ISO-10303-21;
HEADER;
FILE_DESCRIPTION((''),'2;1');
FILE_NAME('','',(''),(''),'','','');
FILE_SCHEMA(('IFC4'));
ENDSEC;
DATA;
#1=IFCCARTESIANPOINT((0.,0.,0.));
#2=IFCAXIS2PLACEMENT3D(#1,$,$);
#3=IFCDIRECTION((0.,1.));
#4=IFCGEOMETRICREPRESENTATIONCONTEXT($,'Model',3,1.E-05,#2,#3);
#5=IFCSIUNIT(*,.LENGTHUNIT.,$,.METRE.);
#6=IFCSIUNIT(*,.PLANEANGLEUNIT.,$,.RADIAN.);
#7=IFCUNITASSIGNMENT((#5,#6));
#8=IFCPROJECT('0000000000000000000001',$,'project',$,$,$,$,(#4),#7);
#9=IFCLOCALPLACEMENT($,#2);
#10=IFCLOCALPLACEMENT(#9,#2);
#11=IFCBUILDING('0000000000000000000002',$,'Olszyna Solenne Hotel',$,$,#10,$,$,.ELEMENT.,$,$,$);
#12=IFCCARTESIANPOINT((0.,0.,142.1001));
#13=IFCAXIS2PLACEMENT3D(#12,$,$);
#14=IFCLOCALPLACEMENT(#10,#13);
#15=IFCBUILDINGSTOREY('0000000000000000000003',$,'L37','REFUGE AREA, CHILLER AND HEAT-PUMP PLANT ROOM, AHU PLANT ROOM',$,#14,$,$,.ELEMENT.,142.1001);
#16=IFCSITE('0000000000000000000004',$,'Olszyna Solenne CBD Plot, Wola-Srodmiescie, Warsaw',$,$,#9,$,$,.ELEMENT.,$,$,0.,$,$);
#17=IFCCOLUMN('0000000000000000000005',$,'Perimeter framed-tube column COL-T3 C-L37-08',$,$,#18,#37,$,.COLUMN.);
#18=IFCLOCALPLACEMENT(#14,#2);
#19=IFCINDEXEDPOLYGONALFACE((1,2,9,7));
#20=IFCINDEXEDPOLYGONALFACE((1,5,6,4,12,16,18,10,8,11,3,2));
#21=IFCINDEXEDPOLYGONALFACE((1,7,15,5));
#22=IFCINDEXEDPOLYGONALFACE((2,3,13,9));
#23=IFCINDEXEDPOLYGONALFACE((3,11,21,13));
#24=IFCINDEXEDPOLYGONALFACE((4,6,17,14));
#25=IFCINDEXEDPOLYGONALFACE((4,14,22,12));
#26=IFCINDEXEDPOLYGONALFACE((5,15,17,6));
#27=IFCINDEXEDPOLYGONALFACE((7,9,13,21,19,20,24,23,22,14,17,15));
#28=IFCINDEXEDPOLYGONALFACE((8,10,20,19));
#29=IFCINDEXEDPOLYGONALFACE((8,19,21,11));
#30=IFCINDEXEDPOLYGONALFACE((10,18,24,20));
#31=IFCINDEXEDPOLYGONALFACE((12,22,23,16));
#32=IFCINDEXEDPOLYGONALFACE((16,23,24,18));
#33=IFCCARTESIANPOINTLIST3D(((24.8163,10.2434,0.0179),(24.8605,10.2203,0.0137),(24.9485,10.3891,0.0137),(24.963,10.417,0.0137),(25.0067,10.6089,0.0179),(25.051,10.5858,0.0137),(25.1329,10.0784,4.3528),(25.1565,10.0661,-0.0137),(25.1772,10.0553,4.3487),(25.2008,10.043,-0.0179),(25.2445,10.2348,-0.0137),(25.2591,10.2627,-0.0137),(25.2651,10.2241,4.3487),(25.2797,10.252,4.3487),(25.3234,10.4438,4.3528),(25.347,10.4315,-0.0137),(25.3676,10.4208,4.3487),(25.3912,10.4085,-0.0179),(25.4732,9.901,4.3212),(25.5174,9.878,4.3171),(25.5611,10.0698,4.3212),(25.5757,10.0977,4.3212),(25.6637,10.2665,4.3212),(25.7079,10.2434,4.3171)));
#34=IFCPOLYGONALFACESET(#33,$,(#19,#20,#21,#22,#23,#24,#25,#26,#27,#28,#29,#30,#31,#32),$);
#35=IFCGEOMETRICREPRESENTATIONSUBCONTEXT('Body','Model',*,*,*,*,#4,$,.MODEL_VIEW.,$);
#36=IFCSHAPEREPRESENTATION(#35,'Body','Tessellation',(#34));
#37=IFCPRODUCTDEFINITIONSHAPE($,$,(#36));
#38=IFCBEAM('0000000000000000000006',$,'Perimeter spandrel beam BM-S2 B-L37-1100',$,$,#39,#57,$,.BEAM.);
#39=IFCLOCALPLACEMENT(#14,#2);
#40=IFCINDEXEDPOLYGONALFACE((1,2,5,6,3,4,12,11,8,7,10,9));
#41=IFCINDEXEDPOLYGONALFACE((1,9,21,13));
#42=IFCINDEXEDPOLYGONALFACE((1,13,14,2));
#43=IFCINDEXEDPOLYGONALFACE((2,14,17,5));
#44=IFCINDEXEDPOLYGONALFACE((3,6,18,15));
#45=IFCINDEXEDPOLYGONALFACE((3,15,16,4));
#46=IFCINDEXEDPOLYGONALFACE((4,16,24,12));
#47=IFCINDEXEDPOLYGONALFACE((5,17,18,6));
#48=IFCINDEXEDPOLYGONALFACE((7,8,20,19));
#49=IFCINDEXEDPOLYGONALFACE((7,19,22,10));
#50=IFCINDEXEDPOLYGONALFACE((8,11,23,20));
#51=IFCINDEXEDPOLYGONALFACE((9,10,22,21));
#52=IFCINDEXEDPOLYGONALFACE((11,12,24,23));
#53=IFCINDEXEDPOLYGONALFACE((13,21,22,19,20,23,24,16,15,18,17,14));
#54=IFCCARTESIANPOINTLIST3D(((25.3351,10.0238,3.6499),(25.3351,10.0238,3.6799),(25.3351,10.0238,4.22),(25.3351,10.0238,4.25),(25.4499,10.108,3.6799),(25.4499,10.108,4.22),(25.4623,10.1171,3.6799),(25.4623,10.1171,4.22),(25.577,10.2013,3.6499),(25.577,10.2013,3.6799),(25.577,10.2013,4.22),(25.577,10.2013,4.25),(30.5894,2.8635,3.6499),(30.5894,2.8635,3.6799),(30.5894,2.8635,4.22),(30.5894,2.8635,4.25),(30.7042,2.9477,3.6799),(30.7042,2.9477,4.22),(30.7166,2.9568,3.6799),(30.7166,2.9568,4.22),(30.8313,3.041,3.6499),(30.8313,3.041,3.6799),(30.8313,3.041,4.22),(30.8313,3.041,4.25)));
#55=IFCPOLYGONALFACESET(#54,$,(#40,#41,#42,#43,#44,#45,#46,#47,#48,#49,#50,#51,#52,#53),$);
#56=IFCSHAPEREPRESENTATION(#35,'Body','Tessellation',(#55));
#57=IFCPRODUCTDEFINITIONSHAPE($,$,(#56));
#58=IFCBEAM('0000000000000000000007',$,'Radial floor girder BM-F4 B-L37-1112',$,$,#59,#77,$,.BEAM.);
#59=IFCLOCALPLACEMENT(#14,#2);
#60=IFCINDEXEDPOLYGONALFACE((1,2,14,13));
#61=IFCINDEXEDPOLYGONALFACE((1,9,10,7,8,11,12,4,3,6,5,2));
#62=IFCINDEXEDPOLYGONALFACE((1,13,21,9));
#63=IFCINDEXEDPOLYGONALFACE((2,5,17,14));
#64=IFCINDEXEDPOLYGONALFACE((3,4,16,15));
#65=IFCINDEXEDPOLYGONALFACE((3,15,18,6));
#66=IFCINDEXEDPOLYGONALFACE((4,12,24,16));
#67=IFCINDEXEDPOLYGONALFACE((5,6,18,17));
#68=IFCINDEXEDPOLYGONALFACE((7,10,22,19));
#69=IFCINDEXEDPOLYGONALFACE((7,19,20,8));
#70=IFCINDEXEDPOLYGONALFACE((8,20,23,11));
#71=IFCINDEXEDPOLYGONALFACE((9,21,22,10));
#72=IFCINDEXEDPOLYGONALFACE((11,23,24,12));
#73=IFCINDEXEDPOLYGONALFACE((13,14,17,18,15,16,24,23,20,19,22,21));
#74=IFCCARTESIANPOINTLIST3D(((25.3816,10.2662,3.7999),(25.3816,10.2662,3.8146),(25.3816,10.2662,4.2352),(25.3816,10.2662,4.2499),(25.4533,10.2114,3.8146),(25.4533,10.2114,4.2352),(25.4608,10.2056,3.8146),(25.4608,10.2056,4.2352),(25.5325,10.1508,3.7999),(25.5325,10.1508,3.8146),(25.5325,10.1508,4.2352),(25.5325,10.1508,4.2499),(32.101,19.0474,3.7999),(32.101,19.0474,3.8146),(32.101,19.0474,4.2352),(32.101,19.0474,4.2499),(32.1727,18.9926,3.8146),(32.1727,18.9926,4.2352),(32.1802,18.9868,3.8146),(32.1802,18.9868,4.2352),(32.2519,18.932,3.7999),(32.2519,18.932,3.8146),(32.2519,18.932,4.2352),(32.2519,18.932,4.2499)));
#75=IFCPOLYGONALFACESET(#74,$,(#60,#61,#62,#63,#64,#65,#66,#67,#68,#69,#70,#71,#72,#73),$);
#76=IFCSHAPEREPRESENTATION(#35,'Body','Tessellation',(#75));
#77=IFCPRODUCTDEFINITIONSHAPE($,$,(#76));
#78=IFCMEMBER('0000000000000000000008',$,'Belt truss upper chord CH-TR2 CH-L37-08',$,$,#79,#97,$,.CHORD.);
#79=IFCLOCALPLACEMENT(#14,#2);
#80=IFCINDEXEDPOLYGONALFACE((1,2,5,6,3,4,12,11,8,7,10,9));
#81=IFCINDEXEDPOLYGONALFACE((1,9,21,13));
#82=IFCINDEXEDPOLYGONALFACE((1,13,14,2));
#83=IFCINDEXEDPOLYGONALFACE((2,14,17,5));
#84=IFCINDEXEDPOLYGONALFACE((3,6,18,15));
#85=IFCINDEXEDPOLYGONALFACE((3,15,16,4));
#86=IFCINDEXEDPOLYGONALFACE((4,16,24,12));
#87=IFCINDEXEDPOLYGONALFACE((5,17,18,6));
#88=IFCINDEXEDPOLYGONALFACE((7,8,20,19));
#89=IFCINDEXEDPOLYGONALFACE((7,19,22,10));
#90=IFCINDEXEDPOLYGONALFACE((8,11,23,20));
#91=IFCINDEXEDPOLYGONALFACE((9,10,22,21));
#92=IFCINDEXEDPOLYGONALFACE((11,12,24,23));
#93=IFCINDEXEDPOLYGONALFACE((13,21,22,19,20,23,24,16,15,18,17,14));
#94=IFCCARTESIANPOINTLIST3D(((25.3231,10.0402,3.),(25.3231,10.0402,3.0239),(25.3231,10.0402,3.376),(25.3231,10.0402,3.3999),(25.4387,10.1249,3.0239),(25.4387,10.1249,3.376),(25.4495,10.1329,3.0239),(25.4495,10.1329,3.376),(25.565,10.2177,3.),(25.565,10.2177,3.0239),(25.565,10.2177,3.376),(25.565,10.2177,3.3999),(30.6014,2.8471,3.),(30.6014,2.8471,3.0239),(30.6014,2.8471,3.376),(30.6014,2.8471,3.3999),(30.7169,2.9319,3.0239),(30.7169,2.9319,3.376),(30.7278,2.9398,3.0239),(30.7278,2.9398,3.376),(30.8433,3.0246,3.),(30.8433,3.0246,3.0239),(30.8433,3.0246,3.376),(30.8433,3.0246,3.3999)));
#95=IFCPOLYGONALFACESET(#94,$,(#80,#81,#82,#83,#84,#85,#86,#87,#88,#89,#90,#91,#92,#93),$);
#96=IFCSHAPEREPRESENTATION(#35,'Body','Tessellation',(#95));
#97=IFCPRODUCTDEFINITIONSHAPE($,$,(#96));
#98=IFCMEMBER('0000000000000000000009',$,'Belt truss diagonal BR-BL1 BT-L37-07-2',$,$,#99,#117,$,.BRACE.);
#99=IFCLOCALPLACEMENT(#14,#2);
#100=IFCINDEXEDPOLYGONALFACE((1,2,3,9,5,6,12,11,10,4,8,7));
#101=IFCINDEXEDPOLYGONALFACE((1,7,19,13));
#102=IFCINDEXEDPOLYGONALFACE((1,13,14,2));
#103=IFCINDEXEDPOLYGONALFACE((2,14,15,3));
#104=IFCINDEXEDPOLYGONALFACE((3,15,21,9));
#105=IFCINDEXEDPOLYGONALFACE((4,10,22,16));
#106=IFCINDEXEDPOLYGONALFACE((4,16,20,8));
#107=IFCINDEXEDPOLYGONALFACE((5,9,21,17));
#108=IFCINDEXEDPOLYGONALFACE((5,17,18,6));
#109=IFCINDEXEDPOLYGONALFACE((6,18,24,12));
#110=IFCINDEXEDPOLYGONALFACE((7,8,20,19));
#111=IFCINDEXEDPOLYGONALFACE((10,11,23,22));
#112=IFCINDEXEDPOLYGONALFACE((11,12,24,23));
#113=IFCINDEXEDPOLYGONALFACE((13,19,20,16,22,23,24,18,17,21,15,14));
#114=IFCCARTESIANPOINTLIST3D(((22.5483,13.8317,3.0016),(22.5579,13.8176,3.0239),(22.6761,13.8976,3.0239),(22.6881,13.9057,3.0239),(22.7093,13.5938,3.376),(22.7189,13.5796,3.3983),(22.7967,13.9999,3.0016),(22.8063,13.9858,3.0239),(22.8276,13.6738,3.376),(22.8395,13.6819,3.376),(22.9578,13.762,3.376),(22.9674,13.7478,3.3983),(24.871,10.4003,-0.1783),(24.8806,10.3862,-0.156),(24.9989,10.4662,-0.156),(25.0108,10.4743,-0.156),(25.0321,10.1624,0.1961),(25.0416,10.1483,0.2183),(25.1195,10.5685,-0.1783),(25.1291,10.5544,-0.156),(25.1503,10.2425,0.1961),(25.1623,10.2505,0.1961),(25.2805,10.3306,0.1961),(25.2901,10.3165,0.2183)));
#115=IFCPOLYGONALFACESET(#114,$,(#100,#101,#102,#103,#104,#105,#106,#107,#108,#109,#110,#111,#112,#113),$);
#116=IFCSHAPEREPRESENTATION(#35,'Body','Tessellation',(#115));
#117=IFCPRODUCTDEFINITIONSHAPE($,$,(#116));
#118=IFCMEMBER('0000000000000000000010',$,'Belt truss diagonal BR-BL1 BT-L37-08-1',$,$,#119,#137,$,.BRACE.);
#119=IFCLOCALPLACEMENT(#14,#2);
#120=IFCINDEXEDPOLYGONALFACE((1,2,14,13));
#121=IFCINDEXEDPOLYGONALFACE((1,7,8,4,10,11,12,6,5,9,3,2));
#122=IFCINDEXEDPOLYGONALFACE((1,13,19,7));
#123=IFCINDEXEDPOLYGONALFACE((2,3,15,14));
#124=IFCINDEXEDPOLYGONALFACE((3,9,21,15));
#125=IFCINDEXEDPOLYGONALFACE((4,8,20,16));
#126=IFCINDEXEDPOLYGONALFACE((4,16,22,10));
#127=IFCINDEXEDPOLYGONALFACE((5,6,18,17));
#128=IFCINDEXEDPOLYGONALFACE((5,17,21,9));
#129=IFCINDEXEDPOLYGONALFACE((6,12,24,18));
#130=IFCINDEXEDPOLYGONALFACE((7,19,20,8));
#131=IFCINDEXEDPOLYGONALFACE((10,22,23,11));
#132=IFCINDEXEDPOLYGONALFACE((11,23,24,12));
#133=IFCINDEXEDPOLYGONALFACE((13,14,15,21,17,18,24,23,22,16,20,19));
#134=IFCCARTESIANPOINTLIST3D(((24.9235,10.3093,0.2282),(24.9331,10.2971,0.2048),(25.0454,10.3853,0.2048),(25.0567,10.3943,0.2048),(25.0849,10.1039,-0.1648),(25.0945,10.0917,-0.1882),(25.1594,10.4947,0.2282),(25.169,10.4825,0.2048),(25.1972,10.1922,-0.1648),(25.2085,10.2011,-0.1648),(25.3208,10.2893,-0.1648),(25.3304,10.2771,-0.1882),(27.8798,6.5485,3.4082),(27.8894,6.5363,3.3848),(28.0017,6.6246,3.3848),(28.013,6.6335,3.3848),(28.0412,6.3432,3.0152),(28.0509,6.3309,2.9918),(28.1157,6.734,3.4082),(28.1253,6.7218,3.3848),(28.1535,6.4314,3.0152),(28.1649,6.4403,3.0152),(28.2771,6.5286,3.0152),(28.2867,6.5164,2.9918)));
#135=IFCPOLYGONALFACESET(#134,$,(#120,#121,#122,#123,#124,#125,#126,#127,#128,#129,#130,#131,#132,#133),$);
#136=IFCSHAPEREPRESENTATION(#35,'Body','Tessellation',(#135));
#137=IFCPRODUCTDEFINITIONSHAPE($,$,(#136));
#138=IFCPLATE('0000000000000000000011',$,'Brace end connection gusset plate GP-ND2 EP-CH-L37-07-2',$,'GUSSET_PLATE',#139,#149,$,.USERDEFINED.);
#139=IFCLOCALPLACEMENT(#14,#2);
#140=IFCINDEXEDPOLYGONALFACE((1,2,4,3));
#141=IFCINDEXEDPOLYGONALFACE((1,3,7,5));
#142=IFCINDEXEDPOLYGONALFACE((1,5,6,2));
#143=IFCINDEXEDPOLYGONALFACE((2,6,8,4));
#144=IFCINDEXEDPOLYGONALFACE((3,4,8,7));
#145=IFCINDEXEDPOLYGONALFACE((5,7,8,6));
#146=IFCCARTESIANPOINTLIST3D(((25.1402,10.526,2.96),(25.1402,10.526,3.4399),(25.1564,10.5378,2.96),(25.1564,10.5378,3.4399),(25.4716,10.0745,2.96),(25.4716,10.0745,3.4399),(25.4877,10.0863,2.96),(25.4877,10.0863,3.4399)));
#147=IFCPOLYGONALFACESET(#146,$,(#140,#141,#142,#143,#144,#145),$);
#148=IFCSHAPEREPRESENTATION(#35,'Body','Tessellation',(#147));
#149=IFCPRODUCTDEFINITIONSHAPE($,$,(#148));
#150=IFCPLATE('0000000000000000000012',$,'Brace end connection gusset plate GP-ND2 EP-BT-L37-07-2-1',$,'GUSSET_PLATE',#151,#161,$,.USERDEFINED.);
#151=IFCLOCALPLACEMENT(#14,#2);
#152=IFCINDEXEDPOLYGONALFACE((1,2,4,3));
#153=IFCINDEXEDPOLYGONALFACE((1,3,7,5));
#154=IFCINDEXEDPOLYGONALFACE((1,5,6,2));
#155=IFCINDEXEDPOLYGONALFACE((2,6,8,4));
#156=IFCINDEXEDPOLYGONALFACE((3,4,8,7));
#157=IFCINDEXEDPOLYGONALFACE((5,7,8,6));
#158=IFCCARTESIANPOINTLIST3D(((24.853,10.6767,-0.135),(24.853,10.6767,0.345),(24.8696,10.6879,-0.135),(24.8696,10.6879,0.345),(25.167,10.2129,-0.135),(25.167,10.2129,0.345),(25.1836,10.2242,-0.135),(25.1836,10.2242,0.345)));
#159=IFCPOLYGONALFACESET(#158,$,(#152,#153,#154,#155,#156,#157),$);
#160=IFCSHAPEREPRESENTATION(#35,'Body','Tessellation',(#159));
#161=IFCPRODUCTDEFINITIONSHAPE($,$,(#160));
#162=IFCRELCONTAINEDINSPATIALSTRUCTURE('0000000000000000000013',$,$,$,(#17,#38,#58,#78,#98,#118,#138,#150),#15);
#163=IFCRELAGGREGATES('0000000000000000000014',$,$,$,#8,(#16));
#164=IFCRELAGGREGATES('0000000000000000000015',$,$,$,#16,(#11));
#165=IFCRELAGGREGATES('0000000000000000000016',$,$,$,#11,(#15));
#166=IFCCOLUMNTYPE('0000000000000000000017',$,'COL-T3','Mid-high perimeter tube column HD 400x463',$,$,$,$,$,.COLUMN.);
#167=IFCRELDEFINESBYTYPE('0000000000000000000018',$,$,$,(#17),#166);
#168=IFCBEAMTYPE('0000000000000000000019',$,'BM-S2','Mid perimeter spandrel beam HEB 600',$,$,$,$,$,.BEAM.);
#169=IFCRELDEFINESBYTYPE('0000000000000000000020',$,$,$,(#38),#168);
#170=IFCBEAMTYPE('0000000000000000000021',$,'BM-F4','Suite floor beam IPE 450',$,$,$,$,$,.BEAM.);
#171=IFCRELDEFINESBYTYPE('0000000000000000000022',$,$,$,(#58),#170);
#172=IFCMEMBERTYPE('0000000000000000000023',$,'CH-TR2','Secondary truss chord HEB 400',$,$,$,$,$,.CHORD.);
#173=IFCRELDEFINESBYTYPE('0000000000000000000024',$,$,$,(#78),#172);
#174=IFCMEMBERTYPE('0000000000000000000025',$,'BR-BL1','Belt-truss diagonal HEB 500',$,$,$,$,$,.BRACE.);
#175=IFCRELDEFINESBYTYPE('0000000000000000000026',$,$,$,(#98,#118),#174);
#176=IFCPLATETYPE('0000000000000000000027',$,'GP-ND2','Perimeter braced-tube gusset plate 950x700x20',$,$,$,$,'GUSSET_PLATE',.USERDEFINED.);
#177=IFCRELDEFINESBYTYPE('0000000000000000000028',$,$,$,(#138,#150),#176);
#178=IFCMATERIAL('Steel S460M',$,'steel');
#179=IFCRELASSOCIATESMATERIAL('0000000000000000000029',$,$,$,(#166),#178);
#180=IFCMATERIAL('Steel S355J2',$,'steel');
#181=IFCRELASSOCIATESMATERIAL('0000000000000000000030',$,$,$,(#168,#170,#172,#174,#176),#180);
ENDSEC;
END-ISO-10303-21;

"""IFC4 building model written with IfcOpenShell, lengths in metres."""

from ifc_helpers import new_model, si_unit, direction, frame, origin, origin_2d, place, context, subcontext, project, spatial, rectangle, i_section, extrude, source, transform, mapped, material, material_profile, profile_set, type_object, element, save


model = new_model("IFC4")

# Units and contexts
model_context = context("Model", 3, precision=1e-05, world=origin(), true_north=direction((0.0, 1.0)))
body_context = subcontext(model_context, "Body", "Model", "MODEL_VIEW")
ifc_project = project(units=[si_unit("LENGTHUNIT", "METRE"), si_unit("PLANEANGLEUNIT", "RADIAN")], contexts=[model_context])

# Site, building, storey
site_placement = place(None, origin())
site = spatial("IfcSite", under=ifc_project, at=site_placement, Name="Olszyna Solenne CBD Plot, Wola-Srodmiescie, Warsaw", CompositionType="ELEMENT", RefElevation=0.0)
building_placement = place(site_placement, origin())
building = spatial("IfcBuilding", under=site, at=building_placement, Name="Olszyna Solenne Hotel", CompositionType="ELEMENT")
storey_placement = place(building_placement, frame((0.0, 0.0, 142.1001)))
storey = spatial("IfcBuildingStorey", under=building, at=storey_placement, Name="L37", Description="REFUGE AREA, CHILLER AND HEAT-PUMP PLANT ROOM, AHU PLANT ROOM", CompositionType="ELEMENT", Elevation=142.1001)

# Column
ifc_material_1 = material(Name="Steel S460M", Category="steel")
ifc_material_profile_1 = material_profile(ifc_material_1, i_section(OverallWidth=0.4121, OverallDepth=0.4351, WebThickness=0.0315, FlangeThickness=0.05, at=origin_2d()), Name="HD 400x463", Category="load-bearing")
ifc_profile_set_1 = profile_set([ifc_material_profile_1], Name="Steel S460M")
column_type = type_object("IfcColumnType", Name="COL-T3", Description="Mid-high perimeter tube column HD 400x463", PredefinedType="COLUMN", material=ifc_profile_set_1)
shared_shape_1 = source(origin(), body_context, "Body", "SweptSolid", [
    extrude(i_section(OverallWidth=0.4121, OverallDepth=0.4351, WebThickness=0.0315, FlangeThickness=0.05, at=origin_2d()), origin(), (0.0, 0.0, 1.0), 4.3496),
])
column_placement = place(storey_placement, frame((25.1038, 10.3259, 0.0), z_axis=(0.072799, -0.037943, 0.996625), x_axis=(0.462192, 0.88678, 0.0)))
element("IfcColumn", 1, at=column_placement, inside=storey, type_object=column_type, Name="Perimeter framed-tube column COL-T3 C-L37-08", PredefinedType="COLUMN", context=body_context, shape_type="MappedRepresentation", body=[
    mapped(shared_shape_1, transform((0.0, 0.0, 0.0), x_axis=(1.0, 0.0, 0.0), y_axis=(0.0, 1.0, 0.0), z_axis=(0.0, 0.0, 1.0), scale=1.0)),
])

# Beams
ifc_material_2 = material(Name="Steel S355J2", Category="steel")
ifc_material_profile_2 = material_profile(ifc_material_2, i_section(OverallWidth=0.3, OverallDepth=0.6001, WebThickness=0.0154, FlangeThickness=0.03, at=origin_2d()), Name="HEB 600", Category="load-bearing")
ifc_profile_set_2 = profile_set([ifc_material_profile_2], Name="Steel S355J2")
beam_type_1 = type_object("IfcBeamType", Name="BM-S2", Description="Mid perimeter spandrel beam HEB 600", PredefinedType="BEAM", material=ifc_profile_set_2)
shared_shape_2 = source(origin(), body_context, "Body", "SweptSolid", [
    extrude(i_section(OverallWidth=0.3, OverallDepth=0.6001, WebThickness=0.0154, FlangeThickness=0.03, at=origin_2d()), origin(), (0.0, 0.0, 1.0), 8.8813),
])
beam_1_placement = place(storey_placement, frame((25.4561, 10.1125, 3.95), z_axis=(0.591615, -0.806221, 0.0), x_axis=(0.806221, 0.591615, 0.0)))
element("IfcBeam", 2, at=beam_1_placement, inside=storey, type_object=beam_type_1, Name="Perimeter spandrel beam BM-S2 B-L37-1100", PredefinedType="BEAM", context=body_context, shape_type="MappedRepresentation", body=[
    mapped(shared_shape_2, transform((0.0, 0.0, 0.0), x_axis=(1.0, 0.0, 0.0), y_axis=(0.0, 1.0, 0.0), z_axis=(0.0, 0.0, 1.0), scale=1.0)),
])
ifc_material_profile_3 = material_profile(ifc_material_2, i_section(OverallWidth=0.1899, OverallDepth=0.45, WebThickness=0.0095, FlangeThickness=0.0146, at=origin_2d()), Name="IPE 450", Category="load-bearing")
ifc_profile_set_3 = profile_set([ifc_material_profile_3], Name="Steel S355J2")
beam_type_2 = type_object("IfcBeamType", Name="BM-F4", Description="Suite floor beam IPE 450", PredefinedType="BEAM", material=ifc_profile_set_3)
shared_shape_3 = source(origin(), body_context, "Body", "SweptSolid", [
    extrude(i_section(OverallWidth=0.1899, OverallDepth=0.45, WebThickness=0.0095, FlangeThickness=0.0146, at=origin_2d()), origin(), (0.0, 0.0, 1.0), 11.0571),
])
beam_2_placement = place(storey_placement, frame((25.457, 10.2085, 4.0249), z_axis=(0.607702, 0.794165, 0.0), x_axis=(-0.794165, 0.607702, 0.0)))
element("IfcBeam", 3, at=beam_2_placement, inside=storey, type_object=beam_type_2, Name="Radial floor girder BM-F4 B-L37-1112", PredefinedType="BEAM", context=body_context, shape_type="MappedRepresentation", body=[
    mapped(shared_shape_3, transform((0.0, 0.0, 0.0), x_axis=(1.0, 0.0, 0.0), y_axis=(0.0, 1.0, 0.0), z_axis=(0.0, 0.0, 1.0), scale=1.0)),
])

# Members
ifc_material_profile_4 = material_profile(ifc_material_2, i_section(OverallWidth=0.3, OverallDepth=0.3999, WebThickness=0.0134, FlangeThickness=0.0239, at=origin_2d()), Name="HEB 400", Category="load-bearing")
ifc_profile_set_4 = profile_set([ifc_material_profile_4], Name="Steel S355J2")
member_type_1 = type_object("IfcMemberType", Name="CH-TR2", Description="Secondary truss chord HEB 400", PredefinedType="CHORD", material=ifc_profile_set_4)
shared_shape_4 = source(origin(), body_context, "Body", "SweptSolid", [
    extrude(i_section(OverallWidth=0.3, OverallDepth=0.3999, WebThickness=0.0134, FlangeThickness=0.0239, at=origin_2d()), origin(), (0.0, 0.0, 1.0), 8.9219),
])
member_1_placement = place(storey_placement, frame((25.4441, 10.1289, 3.2), z_axis=(0.591609, -0.806225, 0.0), x_axis=(0.806225, 0.591609, 0.0)))
element("IfcMember", 4, at=member_1_placement, inside=storey, type_object=member_type_1, Name="Belt truss upper chord CH-TR2 CH-L37-08", PredefinedType="CHORD", context=body_context, shape_type="MappedRepresentation", body=[
    mapped(shared_shape_4, transform((0.0, 0.0, 0.0), x_axis=(1.0, 0.0, 0.0), y_axis=(0.0, 1.0, 0.0), z_axis=(0.0, 0.0, 1.0), scale=1.0)),
])
ifc_material_profile_5 = material_profile(ifc_material_2, i_section(OverallWidth=0.3, OverallDepth=0.5, WebThickness=0.0144, FlangeThickness=0.0281, at=origin_2d()), Name="HEB 500", Category="load-bearing")
ifc_profile_set_5 = profile_set([ifc_material_profile_5], Name="Steel S355J2")
member_type_2 = type_object("IfcMemberType", Name="BR-BL1", Description="Belt-truss diagonal HEB 500", PredefinedType="BRACE", material=ifc_profile_set_5)
shared_shape_5 = source(origin(), body_context, "Body", "SweptSolid", [
    extrude(i_section(OverallWidth=0.3, OverallDepth=0.5, WebThickness=0.0144, FlangeThickness=0.0281, at=origin_2d()), origin(), (0.0, 0.0, 1.0), 5.2231),
])
member_2_placement = place(storey_placement, frame((25.0806, 10.3584, 0.02), z_axis=(-0.444701, 0.656955, 0.608811), x_axis=(-0.828114, -0.56056, 0.0)))
element("IfcMember", 5, at=member_2_placement, inside=storey, type_object=member_type_2, Name="Belt truss diagonal BR-BL1 BT-L37-07-2", PredefinedType="BRACE", context=body_context, shape_type="MappedRepresentation", body=[
    mapped(shared_shape_5, transform((0.0, 0.0, 0.0), x_axis=(1.0, 0.0, 0.0), y_axis=(0.0, 1.0, 0.0), z_axis=(0.0, 0.0, 1.0), scale=1.0)),
])
shared_shape_6 = source(origin(), body_context, "Body", "SweptSolid", [
    extrude(i_section(OverallWidth=0.3, OverallDepth=0.5, WebThickness=0.0144, FlangeThickness=0.0281, at=origin_2d()), origin(), (0.0, 0.0, 1.0), 5.7441),
])
member_3_placement = place(storey_placement, frame((25.127, 10.2932, 0.02), z_axis=(0.514666, -0.654712, 0.553598), x_axis=(0.786173, 0.618006, 0.0)))
element("IfcMember", 6, at=member_3_placement, inside=storey, type_object=member_type_2, Name="Belt truss diagonal BR-BL1 BT-L37-08-1", PredefinedType="BRACE", context=body_context, shape_type="MappedRepresentation", body=[
    mapped(shared_shape_6, transform((0.0, 0.0, 0.0), x_axis=(1.0, 0.0, 0.0), y_axis=(0.0, 1.0, 0.0), z_axis=(0.0, 0.0, 1.0), scale=1.0)),
])

# Plates
plate_type_1 = type_object("IfcPlateType", Name="GP-ND2", Description="Perimeter braced-tube gusset plate 950x700x20", ElementType="GUSSET_PLATE", PredefinedType="USERDEFINED", material=ifc_material_2)
shared_shape_7 = source(origin(), body_context, "Body", "SweptSolid", [
    extrude(rectangle(XDim=0.5601, YDim=0.02, at=origin_2d()), origin(), (0.0, 0.0, 1.0), 0.48),
])
for number, where, z_axis, x_axis, name in (
    (7, (25.314, 10.3062, 2.96), (0.0, 0.0, 1.0), (0.591591, -0.806238, 0.0), "Brace end connection gusset plate GP-ND2 EP-CH-L37-07-2"),
    (8, (25.0183, 10.4504, -0.135), (0.0, 0.0, 1.0), (-0.560639, 0.82806, 0.0), "Brace end connection gusset plate GP-ND2 EP-BT-L37-07-2-1"),
):
    element("IfcPlate", number, at=place(storey_placement, frame(where, z_axis=z_axis, x_axis=x_axis)), inside=storey, type_object=plate_type_1, Name=name, ObjectType="GUSSET_PLATE", PredefinedType="USERDEFINED", context=body_context, shape_type="MappedRepresentation", body=[
        mapped(shared_shape_7, transform((0.0, 0.0, 0.0), x_axis=(1.0, 0.0, 0.0), y_axis=(0.0, 1.0, 0.0), z_axis=(0.0, 0.0, 1.0), scale=1.0)),
    ])

save(model, "model.ifc")
